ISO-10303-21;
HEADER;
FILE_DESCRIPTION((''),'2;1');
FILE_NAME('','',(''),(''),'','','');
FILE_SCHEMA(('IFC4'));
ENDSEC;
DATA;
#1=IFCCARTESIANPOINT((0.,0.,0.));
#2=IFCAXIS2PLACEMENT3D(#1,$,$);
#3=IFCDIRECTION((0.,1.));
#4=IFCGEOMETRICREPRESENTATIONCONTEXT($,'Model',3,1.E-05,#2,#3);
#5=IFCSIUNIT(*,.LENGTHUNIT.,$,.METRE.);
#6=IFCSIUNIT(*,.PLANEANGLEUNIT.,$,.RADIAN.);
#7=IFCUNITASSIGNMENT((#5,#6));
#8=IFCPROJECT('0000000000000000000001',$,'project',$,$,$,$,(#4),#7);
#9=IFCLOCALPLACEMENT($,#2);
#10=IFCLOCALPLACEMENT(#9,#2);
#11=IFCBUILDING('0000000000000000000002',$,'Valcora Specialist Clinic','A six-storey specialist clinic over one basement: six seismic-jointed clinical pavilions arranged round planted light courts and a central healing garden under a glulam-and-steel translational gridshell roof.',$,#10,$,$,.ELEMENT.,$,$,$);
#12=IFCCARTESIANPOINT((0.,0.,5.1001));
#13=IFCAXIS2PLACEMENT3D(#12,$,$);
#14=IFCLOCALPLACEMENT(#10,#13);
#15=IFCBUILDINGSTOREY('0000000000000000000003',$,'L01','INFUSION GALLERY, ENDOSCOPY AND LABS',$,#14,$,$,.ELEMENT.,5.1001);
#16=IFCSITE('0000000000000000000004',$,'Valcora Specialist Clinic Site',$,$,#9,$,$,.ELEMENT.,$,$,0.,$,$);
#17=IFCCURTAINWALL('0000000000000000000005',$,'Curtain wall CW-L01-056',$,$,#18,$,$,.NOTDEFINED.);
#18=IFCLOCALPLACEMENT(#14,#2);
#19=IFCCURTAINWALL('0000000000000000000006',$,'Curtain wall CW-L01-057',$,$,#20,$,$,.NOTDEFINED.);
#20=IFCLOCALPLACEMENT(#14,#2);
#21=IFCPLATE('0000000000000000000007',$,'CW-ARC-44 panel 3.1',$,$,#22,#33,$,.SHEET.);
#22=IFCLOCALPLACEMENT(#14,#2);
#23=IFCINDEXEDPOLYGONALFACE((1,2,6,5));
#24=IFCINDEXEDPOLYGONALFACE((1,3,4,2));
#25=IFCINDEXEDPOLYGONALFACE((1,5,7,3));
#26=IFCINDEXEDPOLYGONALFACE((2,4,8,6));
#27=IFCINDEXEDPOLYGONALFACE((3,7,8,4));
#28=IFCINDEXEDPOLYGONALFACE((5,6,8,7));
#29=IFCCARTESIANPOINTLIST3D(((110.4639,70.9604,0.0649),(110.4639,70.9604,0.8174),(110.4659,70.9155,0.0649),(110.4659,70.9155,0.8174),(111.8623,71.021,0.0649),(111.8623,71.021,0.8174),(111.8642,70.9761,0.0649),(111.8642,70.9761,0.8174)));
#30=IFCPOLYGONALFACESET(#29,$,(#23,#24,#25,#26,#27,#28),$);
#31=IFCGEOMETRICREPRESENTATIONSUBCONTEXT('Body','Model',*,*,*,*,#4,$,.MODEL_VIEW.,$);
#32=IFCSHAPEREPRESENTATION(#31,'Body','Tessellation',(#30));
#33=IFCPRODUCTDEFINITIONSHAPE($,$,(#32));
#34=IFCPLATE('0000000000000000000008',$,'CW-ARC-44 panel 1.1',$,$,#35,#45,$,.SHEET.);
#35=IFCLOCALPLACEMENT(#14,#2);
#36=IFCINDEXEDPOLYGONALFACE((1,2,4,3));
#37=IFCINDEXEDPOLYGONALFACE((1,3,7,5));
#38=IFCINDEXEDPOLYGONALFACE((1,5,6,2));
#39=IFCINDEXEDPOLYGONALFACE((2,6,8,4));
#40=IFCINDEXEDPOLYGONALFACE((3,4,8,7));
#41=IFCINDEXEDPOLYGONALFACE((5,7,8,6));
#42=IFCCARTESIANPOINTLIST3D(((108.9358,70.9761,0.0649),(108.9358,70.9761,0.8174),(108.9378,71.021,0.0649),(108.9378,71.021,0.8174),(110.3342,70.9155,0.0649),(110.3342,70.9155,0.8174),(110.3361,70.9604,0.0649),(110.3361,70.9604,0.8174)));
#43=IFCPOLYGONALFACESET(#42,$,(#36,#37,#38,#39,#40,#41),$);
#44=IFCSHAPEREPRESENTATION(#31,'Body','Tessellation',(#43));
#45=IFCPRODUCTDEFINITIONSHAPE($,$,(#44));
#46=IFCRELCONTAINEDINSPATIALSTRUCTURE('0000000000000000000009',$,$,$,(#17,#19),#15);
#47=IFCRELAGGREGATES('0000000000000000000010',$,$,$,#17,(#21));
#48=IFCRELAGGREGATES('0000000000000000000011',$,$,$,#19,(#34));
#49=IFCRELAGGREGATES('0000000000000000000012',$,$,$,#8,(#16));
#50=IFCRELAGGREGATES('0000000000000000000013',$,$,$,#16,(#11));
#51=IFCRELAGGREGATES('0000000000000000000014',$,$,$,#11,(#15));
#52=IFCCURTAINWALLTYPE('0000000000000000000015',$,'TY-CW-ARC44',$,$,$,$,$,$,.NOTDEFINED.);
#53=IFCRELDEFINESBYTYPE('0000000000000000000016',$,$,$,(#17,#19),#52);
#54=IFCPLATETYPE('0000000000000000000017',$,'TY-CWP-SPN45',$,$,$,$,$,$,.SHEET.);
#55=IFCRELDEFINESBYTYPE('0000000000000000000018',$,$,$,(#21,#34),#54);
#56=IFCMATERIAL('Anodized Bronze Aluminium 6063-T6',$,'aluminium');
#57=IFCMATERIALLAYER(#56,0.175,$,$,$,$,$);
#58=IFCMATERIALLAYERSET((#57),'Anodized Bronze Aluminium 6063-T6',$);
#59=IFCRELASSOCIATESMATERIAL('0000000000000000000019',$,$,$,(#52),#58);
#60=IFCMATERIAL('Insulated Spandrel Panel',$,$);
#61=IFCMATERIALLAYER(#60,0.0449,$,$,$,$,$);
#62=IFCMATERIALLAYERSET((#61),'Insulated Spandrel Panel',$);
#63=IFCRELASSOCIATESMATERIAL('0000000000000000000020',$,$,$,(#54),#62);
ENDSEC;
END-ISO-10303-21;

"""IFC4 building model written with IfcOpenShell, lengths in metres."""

from ifc_helpers import new_model, si_unit, direction, frame, origin, origin_2d, place, context, subcontext, project, spatial, rectangle, extrude, material, layer, layer_set, type_object, element, aggregate, save


model = new_model("IFC4")

# Units and contexts
model_context = context("Model", 3, precision=1e-05, world=origin(), true_north=direction((0.0, 1.0)))
body_context = subcontext(model_context, "Body", "Model", "MODEL_VIEW")
ifc_project = project(units=[si_unit("LENGTHUNIT", "METRE"), si_unit("PLANEANGLEUNIT", "RADIAN")], contexts=[model_context])

# Site, building, storey
site_placement = place(None, origin())
site = spatial("IfcSite", under=ifc_project, at=site_placement, Name="Valcora Specialist Clinic Site", CompositionType="ELEMENT", RefElevation=0.0)
building_placement = place(site_placement, origin())
building = spatial("IfcBuilding", under=site, at=building_placement, Name="Valcora Specialist Clinic", Description="A six-storey specialist clinic over one basement: six seismic-jointed clinical pavilions arranged round planted light courts and a central healing garden under a glulam-and-steel translational gridshell roof.", CompositionType="ELEMENT")
storey_placement = place(building_placement, frame((0.0, 0.0, 5.1001)))
storey = spatial("IfcBuildingStorey", under=building, at=storey_placement, Name="L01", Description="INFUSION GALLERY, ENDOSCOPY AND LABS", CompositionType="ELEMENT", Elevation=5.1001)

# Curtain wall
ifc_material_1 = material(Name="Anodized Bronze Aluminium 6063-T6", Category="aluminium")
ifc_layer_1 = layer(ifc_material_1, 0.175)
ifc_layer_set_1 = layer_set([ifc_layer_1], Name="Anodized Bronze Aluminium 6063-T6")
curtain_wall_type = type_object("IfcCurtainWallType", Name="TY-CW-ARC44", PredefinedType="NOTDEFINED", material=ifc_layer_set_1)
curtain_wall_1_placement = place(storey_placement, origin())
curtain_wall_1 = element("IfcCurtainWall", 1, at=curtain_wall_1_placement, inside=storey, type_object=curtain_wall_type, Name="Curtain wall CW-L01-056", PredefinedType="NOTDEFINED")

# Curtain wall
curtain_wall_2_placement = place(storey_placement, origin())
curtain_wall_2 = element("IfcCurtainWall", 2, at=curtain_wall_2_placement, inside=storey, type_object=curtain_wall_type, Name="Curtain wall CW-L01-057", PredefinedType="NOTDEFINED")

# Plates
ifc_material_2 = material(Name="Insulated Spandrel Panel")
ifc_layer_2 = layer(ifc_material_2, 0.0449)
ifc_layer_set_2 = layer_set([ifc_layer_2], Name="Insulated Spandrel Panel")
plate_type_1 = type_object("IfcPlateType", Name="TY-CWP-SPN45", PredefinedType="SHEET", material=ifc_layer_set_2)
plate_1_placement = place(storey_placement, frame((111.1641, 70.9683, 0.0649), z_axis=(0.0, 0.0, 1.0), x_axis=(-0.999062, -0.043307, 0.0)))
plate_1 = element("IfcPlate", 3, at=plate_1_placement, type_object=plate_type_1, Name="CW-ARC-44 panel 3.1", PredefinedType="SHEET", context=body_context, shape_type="SweptSolid", body=[
    extrude(rectangle(XDim=1.3997, YDim=0.0449, at=origin_2d()), origin(), (0.0, 0.0, 1.0), 0.7524),
])
aggregate(curtain_wall_1, [plate_1])
plate_2_placement = place(storey_placement, frame((109.636, 70.9683, 0.0649), z_axis=(0.0, 0.0, 1.0), x_axis=(-0.999062, 0.043307, 0.0)))
plate_2 = element("IfcPlate", 4, at=plate_2_placement, type_object=plate_type_1, Name="CW-ARC-44 panel 1.1", PredefinedType="SHEET", context=body_context, shape_type="SweptSolid", body=[
    extrude(rectangle(XDim=1.3997, YDim=0.0449, at=origin_2d()), origin(), (0.0, 0.0, 1.0), 0.7524),
])
aggregate(curtain_wall_2, [plate_2])

save(model, "model.ifc")
